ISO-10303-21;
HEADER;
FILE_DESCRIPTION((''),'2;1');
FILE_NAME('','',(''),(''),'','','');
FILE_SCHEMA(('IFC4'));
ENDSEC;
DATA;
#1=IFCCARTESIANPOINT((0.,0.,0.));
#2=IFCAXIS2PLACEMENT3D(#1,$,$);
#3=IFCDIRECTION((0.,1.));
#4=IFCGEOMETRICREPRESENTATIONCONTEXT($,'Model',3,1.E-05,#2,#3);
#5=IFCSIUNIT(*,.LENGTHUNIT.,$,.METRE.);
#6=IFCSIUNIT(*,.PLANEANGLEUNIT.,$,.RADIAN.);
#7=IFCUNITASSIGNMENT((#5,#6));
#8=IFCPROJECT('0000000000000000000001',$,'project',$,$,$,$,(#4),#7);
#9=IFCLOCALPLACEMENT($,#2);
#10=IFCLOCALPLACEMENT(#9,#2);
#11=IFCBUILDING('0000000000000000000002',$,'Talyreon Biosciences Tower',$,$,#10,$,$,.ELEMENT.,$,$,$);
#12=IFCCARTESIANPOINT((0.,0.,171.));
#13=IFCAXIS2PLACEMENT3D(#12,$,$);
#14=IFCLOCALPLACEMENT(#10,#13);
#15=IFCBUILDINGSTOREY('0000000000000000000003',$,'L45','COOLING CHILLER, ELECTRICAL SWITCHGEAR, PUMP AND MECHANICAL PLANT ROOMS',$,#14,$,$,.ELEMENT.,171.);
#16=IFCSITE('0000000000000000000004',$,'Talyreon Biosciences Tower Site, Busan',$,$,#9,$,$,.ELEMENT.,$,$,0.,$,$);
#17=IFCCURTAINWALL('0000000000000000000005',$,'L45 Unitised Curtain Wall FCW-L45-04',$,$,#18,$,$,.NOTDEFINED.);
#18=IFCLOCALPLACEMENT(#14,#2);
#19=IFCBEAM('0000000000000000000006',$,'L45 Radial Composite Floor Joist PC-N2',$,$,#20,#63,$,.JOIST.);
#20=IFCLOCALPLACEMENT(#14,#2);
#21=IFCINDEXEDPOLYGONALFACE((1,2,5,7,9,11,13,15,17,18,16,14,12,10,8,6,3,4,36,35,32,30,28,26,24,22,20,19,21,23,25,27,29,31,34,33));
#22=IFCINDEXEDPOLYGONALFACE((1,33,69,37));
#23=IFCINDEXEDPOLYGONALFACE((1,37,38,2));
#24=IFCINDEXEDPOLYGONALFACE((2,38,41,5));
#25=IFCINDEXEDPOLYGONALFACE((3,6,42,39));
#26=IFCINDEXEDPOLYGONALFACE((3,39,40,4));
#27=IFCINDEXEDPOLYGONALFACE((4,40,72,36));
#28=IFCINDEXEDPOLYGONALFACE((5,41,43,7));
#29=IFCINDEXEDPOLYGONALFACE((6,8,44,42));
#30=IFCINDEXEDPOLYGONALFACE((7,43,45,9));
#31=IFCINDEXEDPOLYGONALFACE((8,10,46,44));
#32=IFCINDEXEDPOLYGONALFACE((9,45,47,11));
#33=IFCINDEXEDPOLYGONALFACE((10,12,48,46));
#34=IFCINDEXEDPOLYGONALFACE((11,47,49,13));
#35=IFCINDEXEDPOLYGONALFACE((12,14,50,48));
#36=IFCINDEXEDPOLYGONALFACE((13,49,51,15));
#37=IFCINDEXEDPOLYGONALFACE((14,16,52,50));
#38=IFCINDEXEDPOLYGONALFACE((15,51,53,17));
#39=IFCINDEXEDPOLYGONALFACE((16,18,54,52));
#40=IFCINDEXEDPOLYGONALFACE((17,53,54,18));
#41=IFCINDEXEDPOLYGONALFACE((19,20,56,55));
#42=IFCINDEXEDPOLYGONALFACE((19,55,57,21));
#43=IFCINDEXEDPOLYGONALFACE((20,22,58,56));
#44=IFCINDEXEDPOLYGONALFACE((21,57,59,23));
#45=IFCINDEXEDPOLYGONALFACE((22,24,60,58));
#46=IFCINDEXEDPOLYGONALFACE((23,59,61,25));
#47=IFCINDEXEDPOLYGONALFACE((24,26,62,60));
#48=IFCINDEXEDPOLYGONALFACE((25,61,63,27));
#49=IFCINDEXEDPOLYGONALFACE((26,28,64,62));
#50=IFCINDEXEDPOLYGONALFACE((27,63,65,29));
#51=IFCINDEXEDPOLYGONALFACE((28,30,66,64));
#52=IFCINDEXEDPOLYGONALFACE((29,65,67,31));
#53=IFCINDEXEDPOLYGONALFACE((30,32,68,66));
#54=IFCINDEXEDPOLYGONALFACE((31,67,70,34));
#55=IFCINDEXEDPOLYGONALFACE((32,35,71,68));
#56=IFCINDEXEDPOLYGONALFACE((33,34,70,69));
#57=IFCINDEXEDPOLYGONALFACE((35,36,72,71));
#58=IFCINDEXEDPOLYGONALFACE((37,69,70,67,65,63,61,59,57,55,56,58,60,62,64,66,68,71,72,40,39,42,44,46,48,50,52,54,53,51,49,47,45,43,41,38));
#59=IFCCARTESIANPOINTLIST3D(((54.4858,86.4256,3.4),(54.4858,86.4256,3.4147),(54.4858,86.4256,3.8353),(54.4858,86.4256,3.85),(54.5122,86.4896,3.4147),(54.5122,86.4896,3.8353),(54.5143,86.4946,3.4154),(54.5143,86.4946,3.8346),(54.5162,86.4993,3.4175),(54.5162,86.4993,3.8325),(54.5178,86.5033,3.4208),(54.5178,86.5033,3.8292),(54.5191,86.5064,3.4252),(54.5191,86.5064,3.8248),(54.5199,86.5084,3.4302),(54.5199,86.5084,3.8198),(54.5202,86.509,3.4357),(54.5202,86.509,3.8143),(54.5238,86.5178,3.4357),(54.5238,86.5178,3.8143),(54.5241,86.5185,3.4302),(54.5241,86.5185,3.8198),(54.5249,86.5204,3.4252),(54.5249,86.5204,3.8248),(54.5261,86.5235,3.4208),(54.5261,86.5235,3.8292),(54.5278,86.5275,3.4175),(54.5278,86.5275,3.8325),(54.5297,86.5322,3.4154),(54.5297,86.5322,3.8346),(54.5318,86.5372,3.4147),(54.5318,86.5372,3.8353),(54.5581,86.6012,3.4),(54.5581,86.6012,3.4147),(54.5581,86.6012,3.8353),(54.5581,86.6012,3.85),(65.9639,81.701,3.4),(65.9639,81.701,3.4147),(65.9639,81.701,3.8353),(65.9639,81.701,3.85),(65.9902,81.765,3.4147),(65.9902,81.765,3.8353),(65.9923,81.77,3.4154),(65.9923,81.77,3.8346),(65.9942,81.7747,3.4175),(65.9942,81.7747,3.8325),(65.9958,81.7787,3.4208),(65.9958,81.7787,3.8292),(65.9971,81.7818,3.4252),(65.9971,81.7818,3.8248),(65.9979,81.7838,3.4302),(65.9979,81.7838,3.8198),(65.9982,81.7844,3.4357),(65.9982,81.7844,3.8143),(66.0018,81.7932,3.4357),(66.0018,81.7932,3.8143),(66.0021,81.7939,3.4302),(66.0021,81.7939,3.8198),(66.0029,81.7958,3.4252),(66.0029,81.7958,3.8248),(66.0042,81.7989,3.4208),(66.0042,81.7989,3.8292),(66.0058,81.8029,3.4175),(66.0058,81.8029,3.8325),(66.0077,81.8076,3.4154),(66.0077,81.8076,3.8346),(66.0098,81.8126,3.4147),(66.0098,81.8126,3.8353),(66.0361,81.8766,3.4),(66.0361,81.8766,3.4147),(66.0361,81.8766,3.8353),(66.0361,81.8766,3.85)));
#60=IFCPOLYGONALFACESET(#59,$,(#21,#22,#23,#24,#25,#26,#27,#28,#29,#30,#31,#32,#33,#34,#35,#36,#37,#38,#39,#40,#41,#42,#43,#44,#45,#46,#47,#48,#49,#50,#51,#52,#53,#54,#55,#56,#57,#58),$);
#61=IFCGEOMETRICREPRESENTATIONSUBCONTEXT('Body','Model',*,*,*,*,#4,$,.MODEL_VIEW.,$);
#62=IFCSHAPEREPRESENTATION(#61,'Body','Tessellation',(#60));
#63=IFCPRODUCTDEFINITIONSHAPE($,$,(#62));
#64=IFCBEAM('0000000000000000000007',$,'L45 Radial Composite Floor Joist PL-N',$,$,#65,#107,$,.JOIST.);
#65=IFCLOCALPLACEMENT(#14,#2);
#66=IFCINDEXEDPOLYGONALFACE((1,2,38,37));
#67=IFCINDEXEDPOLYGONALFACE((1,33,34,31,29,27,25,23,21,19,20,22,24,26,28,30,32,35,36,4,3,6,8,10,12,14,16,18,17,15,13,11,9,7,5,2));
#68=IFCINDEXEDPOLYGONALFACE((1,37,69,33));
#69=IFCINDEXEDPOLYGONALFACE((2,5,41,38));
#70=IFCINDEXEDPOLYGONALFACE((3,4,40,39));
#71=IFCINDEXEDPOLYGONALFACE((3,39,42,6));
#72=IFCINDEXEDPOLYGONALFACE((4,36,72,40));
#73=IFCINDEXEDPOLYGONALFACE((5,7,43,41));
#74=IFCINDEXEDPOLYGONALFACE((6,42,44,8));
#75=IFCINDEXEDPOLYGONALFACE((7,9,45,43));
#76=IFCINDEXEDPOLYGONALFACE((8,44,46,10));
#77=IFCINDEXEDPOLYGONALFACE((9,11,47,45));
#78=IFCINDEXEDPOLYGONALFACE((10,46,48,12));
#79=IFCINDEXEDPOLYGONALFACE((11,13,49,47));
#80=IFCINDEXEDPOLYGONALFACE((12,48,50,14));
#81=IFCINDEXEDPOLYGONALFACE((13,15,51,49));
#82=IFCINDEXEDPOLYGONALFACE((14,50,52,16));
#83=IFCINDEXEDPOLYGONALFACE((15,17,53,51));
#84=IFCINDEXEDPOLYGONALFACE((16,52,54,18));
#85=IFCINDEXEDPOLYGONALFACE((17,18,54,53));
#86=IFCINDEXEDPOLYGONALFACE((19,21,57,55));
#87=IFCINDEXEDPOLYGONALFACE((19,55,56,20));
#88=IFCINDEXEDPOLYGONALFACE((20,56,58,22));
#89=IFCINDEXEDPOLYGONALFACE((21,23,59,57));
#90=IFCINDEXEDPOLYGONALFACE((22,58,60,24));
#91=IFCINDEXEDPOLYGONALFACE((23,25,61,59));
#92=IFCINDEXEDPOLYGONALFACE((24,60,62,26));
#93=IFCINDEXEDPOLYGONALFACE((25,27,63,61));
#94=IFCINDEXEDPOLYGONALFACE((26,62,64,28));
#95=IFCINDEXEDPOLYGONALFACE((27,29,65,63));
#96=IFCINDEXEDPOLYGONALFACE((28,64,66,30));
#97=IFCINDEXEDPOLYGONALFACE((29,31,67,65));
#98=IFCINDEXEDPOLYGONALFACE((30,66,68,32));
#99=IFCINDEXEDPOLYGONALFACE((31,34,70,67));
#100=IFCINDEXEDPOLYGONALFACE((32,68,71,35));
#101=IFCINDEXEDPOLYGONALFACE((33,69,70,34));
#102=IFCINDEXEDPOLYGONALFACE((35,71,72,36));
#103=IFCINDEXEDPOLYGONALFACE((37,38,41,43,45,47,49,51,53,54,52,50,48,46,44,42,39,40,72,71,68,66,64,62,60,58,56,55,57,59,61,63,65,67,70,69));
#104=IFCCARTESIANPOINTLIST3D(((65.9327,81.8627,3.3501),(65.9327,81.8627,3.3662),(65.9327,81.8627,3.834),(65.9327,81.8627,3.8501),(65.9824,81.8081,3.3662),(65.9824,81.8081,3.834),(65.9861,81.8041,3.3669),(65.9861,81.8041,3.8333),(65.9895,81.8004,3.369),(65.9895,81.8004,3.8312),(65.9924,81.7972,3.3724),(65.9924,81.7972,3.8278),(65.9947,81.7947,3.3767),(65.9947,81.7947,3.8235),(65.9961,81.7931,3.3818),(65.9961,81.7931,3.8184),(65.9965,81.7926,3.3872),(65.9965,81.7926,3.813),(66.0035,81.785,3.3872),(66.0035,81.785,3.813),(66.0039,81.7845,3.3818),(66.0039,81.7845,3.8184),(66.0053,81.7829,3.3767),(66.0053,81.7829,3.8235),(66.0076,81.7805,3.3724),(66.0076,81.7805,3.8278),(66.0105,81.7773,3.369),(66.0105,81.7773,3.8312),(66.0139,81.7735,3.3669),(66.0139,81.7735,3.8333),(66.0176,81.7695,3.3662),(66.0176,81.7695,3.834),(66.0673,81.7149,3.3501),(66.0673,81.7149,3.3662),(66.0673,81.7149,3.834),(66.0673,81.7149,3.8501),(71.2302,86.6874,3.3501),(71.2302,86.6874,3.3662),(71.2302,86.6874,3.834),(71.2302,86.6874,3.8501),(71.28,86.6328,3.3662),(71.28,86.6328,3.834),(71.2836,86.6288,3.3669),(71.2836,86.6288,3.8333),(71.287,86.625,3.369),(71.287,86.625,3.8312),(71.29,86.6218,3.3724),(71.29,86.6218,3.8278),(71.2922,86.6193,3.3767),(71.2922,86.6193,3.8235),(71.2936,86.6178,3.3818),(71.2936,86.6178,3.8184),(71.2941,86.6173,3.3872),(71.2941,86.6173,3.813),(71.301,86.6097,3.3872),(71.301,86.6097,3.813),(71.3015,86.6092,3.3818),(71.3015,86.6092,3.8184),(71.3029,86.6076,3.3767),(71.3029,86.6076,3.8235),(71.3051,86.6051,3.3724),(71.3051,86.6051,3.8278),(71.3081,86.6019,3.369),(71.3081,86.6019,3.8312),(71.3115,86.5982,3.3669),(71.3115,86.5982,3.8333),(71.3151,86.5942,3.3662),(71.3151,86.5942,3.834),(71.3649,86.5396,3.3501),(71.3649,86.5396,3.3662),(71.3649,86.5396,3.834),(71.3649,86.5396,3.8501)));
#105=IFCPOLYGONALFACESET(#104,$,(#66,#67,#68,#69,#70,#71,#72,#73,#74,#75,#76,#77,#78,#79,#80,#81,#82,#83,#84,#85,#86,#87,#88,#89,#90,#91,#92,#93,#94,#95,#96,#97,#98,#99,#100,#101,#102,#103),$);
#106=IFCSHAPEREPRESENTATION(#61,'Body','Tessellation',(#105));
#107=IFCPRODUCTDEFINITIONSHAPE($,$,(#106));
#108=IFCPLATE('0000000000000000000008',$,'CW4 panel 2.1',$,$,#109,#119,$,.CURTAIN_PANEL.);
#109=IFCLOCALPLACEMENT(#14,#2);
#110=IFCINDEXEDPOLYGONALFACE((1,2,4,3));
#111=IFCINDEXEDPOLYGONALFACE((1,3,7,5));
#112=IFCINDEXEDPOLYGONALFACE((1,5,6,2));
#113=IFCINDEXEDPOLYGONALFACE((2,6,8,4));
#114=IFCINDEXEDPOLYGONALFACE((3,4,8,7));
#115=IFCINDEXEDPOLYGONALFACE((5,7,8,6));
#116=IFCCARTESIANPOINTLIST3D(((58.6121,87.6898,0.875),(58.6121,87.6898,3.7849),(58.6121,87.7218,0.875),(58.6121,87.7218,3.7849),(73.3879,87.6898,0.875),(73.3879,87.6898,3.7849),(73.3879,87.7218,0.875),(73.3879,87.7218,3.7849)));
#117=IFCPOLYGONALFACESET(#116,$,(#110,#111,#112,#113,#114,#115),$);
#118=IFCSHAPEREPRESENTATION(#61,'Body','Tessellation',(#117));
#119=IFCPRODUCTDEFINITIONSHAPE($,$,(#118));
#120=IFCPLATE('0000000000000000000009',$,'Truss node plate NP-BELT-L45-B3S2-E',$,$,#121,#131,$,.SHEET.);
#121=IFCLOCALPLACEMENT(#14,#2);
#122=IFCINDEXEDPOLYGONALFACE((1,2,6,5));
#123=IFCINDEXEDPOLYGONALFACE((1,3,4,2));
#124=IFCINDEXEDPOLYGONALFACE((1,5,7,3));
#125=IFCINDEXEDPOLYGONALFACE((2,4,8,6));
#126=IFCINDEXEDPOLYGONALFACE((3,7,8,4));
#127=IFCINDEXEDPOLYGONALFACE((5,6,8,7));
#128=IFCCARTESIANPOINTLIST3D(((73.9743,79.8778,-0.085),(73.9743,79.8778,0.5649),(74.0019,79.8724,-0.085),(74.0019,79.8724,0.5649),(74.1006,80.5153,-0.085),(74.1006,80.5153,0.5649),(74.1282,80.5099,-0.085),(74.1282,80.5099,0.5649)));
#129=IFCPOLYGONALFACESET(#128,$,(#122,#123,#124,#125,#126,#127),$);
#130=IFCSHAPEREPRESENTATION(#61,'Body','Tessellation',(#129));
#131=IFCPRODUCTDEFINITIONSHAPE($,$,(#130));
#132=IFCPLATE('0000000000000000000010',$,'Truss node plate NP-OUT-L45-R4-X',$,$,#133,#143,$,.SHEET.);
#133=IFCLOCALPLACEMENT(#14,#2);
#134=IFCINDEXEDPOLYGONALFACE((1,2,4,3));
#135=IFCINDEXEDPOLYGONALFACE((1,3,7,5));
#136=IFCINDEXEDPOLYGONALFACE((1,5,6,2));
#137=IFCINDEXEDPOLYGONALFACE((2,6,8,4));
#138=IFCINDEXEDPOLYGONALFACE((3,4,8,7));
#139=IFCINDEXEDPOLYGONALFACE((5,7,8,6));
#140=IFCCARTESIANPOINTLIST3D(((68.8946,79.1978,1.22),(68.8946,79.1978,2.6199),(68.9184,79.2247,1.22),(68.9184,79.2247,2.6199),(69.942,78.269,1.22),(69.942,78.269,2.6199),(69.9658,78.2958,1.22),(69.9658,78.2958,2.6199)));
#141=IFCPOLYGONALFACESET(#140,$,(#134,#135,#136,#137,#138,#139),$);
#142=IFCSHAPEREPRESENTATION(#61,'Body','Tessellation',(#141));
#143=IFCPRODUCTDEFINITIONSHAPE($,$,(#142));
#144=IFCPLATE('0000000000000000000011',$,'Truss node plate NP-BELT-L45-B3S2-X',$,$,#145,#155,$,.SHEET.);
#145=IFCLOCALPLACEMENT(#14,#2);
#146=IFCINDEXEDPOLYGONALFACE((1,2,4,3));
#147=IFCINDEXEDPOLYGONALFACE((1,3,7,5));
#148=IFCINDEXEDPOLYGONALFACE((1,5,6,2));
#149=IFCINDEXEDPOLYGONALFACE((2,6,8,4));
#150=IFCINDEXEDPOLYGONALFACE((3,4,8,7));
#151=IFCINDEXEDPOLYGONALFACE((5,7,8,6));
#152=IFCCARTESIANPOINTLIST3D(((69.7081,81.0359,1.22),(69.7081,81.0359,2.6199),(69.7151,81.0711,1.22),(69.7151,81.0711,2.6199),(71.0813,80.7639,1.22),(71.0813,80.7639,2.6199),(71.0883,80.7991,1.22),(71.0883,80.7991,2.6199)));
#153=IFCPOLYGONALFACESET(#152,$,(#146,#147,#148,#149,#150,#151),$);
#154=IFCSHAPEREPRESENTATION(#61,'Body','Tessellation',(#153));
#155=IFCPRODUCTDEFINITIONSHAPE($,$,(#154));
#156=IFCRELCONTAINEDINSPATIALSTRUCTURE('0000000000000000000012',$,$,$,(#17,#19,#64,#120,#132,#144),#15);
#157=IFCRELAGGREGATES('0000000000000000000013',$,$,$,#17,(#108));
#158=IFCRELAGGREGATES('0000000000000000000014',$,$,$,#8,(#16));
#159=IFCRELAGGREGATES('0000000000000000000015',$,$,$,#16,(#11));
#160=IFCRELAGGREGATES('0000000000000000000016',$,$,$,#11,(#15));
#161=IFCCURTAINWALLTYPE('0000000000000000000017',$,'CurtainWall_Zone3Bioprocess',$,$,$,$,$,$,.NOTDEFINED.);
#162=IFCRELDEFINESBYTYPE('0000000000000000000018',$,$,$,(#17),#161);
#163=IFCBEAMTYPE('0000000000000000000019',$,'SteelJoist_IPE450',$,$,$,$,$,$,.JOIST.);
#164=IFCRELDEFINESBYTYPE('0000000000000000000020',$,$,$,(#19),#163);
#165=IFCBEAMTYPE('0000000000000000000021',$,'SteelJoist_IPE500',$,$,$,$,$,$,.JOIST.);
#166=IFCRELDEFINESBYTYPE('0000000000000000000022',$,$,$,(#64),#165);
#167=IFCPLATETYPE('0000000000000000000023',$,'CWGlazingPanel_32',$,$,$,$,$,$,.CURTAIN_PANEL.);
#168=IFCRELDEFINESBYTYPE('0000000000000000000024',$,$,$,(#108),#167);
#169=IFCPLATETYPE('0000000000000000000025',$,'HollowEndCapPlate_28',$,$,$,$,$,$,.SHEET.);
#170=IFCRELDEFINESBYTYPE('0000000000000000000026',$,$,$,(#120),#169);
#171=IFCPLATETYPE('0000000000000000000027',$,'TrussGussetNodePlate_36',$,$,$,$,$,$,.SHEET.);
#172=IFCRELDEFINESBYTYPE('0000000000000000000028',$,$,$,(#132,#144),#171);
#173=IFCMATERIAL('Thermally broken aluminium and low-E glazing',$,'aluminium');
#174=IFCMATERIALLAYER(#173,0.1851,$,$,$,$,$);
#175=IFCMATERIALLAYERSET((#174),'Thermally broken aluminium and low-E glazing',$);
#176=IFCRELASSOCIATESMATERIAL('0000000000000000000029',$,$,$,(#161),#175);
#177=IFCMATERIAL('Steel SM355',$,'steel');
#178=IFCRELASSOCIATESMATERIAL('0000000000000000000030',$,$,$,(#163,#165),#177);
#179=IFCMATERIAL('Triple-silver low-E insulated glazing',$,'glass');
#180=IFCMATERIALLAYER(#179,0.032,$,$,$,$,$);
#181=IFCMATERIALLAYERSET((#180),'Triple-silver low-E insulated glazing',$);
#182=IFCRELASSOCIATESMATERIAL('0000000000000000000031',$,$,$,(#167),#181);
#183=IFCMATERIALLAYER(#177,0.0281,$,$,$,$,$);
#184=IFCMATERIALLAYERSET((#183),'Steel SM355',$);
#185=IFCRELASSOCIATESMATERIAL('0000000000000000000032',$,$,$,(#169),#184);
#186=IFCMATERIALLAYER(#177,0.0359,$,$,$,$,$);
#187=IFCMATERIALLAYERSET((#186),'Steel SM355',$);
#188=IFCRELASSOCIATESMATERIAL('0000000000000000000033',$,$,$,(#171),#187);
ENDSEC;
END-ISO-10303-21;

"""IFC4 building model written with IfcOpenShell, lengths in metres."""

from ifc_helpers import new_model, si_unit, direction, frame, origin, origin_2d, place, context, subcontext, project, spatial, rectangle, i_section, extrude, material, layer, layer_set, material_profile, profile_set, type_object, element, aggregate, save


model = new_model("IFC4")

# Units and contexts
model_context = context("Model", 3, precision=1e-05, world=origin(), true_north=direction((0.0, 1.0)))
body_context = subcontext(model_context, "Body", "Model", "MODEL_VIEW")
ifc_project = project(units=[si_unit("LENGTHUNIT", "METRE"), si_unit("PLANEANGLEUNIT", "RADIAN")], contexts=[model_context])

# Site, building, storey
site_placement = place(None, origin())
site = spatial("IfcSite", under=ifc_project, at=site_placement, Name="Talyreon Biosciences Tower Site, Busan", CompositionType="ELEMENT", RefElevation=0.0)
building_placement = place(site_placement, origin())
building = spatial("IfcBuilding", under=site, at=building_placement, Name="Talyreon Biosciences Tower", CompositionType="ELEMENT")
storey_placement = place(building_placement, frame((0.0, 0.0, 171.0)))
storey = spatial("IfcBuildingStorey", under=building, at=storey_placement, Name="L45", Description="COOLING CHILLER, ELECTRICAL SWITCHGEAR, PUMP AND MECHANICAL PLANT ROOMS", CompositionType="ELEMENT", Elevation=171.0)

# Shared definitions
ifc_material_1 = material(Name="Steel SM355", Category="steel")

# Curtain wall
ifc_material_2 = material(Name="Thermally broken aluminium and low-E glazing", Category="aluminium")
ifc_layer_1 = layer(ifc_material_2, 0.1851)
ifc_layer_set_1 = layer_set([ifc_layer_1], Name="Thermally broken aluminium and low-E glazing")
curtain_wall_type = type_object("IfcCurtainWallType", Name="CurtainWall_Zone3Bioprocess", PredefinedType="NOTDEFINED", material=ifc_layer_set_1)
curtain_wall_placement = place(storey_placement, origin())
curtain_wall = element("IfcCurtainWall", 1, at=curtain_wall_placement, inside=storey, type_object=curtain_wall_type, Name="L45 Unitised Curtain Wall FCW-L45-04", PredefinedType="NOTDEFINED")

# Beams
ifc_material_profile_1 = material_profile(ifc_material_1, i_section(OverallWidth=0.1899, OverallDepth=0.45, WebThickness=0.0095, FlangeThickness=0.0146, FilletRadius=0.021, at=origin_2d()), Name="IPE450")
ifc_profile_set_1 = profile_set([ifc_material_profile_1], Name="Steel SM355")
beam_type_1 = type_object("IfcBeamType", Name="SteelJoist_IPE450", PredefinedType="JOIST", material=ifc_profile_set_1)
for number, where, z_axis, x_axis, name in (
    (2, (66.0, 81.7888, 3.625), (-0.924725, 0.380637, 0.0), (-0.380637, -0.924725, 0.0), "L45 Radial Composite Floor Joist PC-N2"),
):
    element("IfcBeam", number, at=place(storey_placement, frame(where, z_axis=z_axis, x_axis=x_axis)), inside=storey, type_object=beam_type_1, Name=name, PredefinedType="JOIST", context=body_context, shape_type="SweptSolid", body=[
        extrude(i_section(OverallWidth=0.1899, OverallDepth=0.45, WebThickness=0.0095, FlangeThickness=0.0146, FilletRadius=0.021, at=origin_2d()), origin(), (0.0, 0.0, 1.0), 12.4124),
    ])
ifc_material_profile_2 = material_profile(ifc_material_1, i_section(OverallWidth=0.2, OverallDepth=0.5, WebThickness=0.0103, FlangeThickness=0.0161, FilletRadius=0.021, at=origin_2d()), Name="IPE500")
ifc_profile_set_2 = profile_set([ifc_material_profile_2], Name="Steel SM355")
beam_type_2 = type_object("IfcBeamType", Name="SteelJoist_IPE500", PredefinedType="JOIST", material=ifc_profile_set_2)
beam_1_placement = place(storey_placement, frame((66.0, 81.7888, 3.6001), z_axis=(0.739335, 0.673337, 0.0), x_axis=(-0.673337, 0.739335, 0.0)))
element("IfcBeam", 3, at=beam_1_placement, inside=storey, type_object=beam_type_2, Name="L45 Radial Composite Floor Joist PL-N", PredefinedType="JOIST", context=body_context, shape_type="SweptSolid", body=[
    extrude(i_section(OverallWidth=0.2, OverallDepth=0.5, WebThickness=0.0103, FlangeThickness=0.0161, FilletRadius=0.021, at=origin_2d()), origin(), (0.0, 0.0, 1.0), 7.1653),
])

# Plate
ifc_material_3 = material(Name="Triple-silver low-E insulated glazing", Category="glass")
ifc_layer_2 = layer(ifc_material_3, 0.032)
ifc_layer_set_2 = layer_set([ifc_layer_2], Name="Triple-silver low-E insulated glazing")
plate_type_1 = type_object("IfcPlateType", Name="CWGlazingPanel_32", PredefinedType="CURTAIN_PANEL", material=ifc_layer_set_2)
plate_1_placement = place(storey_placement, frame((66.0, 87.7058, 0.875), z_axis=(0.0, 0.0, 1.0), x_axis=(1.0, 0.0, 0.0)))
plate_1 = element("IfcPlate", 4, at=plate_1_placement, type_object=plate_type_1, Name="CW4 panel 2.1", PredefinedType="CURTAIN_PANEL", context=body_context, shape_type="SweptSolid", body=[
    extrude(rectangle(XDim=14.7759, YDim=0.032, at=origin_2d()), origin(), (0.0, 0.0, 1.0), 2.9099),
])
aggregate(curtain_wall, [plate_1])

# Plates
ifc_layer_3 = layer(ifc_material_1, 0.0281)
ifc_layer_set_3 = layer_set([ifc_layer_3], Name="Steel SM355")
plate_type_2 = type_object("IfcPlateType", Name="HollowEndCapPlate_28", PredefinedType="SHEET", material=ifc_layer_set_3)
plate_2_placement = place(storey_placement, frame((74.0513, 80.1938, -0.085), z_axis=(0.0, 0.0, 1.0), x_axis=(-0.194337, -0.980935, 0.0)))
element("IfcPlate", 5, at=plate_2_placement, inside=storey, type_object=plate_type_2, Name="Truss node plate NP-BELT-L45-B3S2-E", PredefinedType="SHEET", context=body_context, shape_type="SweptSolid", body=[
    extrude(rectangle(XDim=0.6499, YDim=0.0281, at=origin_2d()), origin(), (0.0, 0.0, 1.0), 0.6499),
])
ifc_layer_4 = layer(ifc_material_1, 0.0359)
ifc_layer_set_4 = layer_set([ifc_layer_4], Name="Steel SM355")
plate_type_3 = type_object("IfcPlateType", Name="TrussGussetNodePlate_36", PredefinedType="SHEET", material=ifc_layer_set_4)
for number, where, z_axis, x_axis, name in (
    (6, (69.4302, 78.7468, 1.22), (0.0, 0.0, 1.0), (-0.74818, 0.663495, 0.0), "Truss node plate NP-OUT-L45-R4-X"),
    (7, (70.3982, 80.9175, 1.22), (0.0, 0.0, 1.0), (-0.980935, 0.194337, 0.0), "Truss node plate NP-BELT-L45-B3S2-X"),
):
    element("IfcPlate", number, at=place(storey_placement, frame(where, z_axis=z_axis, x_axis=x_axis)), inside=storey, type_object=plate_type_3, Name=name, PredefinedType="SHEET", context=body_context, shape_type="SweptSolid", body=[
        extrude(rectangle(XDim=1.3999, YDim=0.0359, at=origin_2d()), origin(), (0.0, 0.0, 1.0), 1.3999),
    ])

save(model, "model.ifc")
